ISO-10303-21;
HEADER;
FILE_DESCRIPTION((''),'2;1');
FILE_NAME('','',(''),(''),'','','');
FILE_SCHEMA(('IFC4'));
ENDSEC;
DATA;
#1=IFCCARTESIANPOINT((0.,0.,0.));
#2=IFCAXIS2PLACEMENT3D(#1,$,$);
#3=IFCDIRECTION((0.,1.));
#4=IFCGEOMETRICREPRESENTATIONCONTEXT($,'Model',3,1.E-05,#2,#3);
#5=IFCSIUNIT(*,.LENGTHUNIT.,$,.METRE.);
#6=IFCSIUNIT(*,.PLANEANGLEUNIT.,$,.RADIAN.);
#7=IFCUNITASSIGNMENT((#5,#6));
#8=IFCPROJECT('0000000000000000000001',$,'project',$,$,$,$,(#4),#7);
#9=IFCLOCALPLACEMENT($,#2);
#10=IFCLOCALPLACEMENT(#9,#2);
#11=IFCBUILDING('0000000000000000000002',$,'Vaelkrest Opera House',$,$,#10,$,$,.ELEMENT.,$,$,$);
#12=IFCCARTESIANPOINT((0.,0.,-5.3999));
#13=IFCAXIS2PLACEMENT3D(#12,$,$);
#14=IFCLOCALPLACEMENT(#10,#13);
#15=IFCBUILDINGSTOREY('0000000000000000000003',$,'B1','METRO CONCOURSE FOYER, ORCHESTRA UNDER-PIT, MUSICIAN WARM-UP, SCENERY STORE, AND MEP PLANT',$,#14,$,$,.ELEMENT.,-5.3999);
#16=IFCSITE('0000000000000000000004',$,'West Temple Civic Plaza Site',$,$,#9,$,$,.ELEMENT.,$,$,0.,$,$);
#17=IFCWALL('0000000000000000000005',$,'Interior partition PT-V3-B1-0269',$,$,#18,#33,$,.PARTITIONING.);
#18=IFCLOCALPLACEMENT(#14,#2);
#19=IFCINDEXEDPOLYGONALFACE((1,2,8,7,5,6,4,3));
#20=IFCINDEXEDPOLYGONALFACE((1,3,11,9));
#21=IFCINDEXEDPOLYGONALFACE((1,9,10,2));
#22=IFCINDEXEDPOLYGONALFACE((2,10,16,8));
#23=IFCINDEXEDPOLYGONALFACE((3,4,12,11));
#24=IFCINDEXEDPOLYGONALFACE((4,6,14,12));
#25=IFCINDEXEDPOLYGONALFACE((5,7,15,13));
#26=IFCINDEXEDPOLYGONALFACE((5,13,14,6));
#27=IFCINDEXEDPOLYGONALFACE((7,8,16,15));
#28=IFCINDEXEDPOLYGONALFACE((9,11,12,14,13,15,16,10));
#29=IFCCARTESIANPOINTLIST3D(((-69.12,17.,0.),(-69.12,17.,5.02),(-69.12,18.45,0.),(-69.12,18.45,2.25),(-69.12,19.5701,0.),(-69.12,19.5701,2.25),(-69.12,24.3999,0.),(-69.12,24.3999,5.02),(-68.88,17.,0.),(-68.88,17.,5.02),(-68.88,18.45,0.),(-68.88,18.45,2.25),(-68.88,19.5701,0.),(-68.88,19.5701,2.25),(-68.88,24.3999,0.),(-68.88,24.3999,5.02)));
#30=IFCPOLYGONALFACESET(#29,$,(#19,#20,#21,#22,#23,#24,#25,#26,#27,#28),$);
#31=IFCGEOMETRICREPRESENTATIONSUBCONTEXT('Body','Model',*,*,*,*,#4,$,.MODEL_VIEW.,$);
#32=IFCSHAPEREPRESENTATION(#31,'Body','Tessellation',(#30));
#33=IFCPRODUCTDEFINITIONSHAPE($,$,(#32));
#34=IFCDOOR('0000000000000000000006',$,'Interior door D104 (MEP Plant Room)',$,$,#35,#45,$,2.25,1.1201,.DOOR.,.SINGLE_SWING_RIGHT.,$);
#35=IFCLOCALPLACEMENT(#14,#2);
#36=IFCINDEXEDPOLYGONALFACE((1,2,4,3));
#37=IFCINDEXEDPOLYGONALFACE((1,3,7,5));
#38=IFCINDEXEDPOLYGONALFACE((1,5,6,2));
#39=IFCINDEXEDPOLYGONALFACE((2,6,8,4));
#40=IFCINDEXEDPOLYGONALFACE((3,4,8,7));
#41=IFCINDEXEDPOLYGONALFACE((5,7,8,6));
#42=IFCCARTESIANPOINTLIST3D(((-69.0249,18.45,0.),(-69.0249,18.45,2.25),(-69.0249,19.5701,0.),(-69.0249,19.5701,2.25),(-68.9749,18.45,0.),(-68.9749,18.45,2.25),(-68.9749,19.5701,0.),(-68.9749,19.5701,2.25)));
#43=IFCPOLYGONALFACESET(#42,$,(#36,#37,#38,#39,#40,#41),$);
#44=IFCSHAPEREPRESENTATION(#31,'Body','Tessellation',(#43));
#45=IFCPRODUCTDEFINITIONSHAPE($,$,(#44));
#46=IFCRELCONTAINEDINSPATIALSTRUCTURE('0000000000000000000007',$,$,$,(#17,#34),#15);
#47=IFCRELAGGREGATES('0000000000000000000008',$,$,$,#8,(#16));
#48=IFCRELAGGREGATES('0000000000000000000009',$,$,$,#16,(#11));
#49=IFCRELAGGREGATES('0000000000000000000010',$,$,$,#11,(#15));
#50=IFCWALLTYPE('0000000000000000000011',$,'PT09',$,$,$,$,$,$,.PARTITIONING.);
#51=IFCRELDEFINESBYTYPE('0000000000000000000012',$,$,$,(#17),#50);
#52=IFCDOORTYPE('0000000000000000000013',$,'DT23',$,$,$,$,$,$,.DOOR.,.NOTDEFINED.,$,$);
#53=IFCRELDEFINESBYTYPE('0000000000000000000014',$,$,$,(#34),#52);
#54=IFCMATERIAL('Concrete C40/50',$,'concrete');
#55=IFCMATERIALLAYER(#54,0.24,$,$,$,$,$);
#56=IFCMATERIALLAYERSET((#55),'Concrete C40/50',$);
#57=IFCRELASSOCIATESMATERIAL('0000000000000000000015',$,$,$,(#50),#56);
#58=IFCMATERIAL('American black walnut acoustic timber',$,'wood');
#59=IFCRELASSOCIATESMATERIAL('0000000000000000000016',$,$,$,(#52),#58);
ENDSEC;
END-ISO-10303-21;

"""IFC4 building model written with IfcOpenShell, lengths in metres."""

from ifc_helpers import new_model, si_unit, direction, frame, frame_2d, origin, place, context, subcontext, project, spatial, rectangle, extrude, material, layer, layer_set, type_object, element, fill, save


model = new_model("IFC4")

# Units and contexts
model_context = context("Model", 3, precision=1e-05, world=origin(), true_north=direction((0.0, 1.0)))
body_context = subcontext(model_context, "Body", "Model", "MODEL_VIEW")
ifc_project = project(units=[si_unit("LENGTHUNIT", "METRE"), si_unit("PLANEANGLEUNIT", "RADIAN")], contexts=[model_context])

# Site, building, storey
site_placement = place(None, origin())
site = spatial("IfcSite", under=ifc_project, at=site_placement, Name="West Temple Civic Plaza Site", CompositionType="ELEMENT", RefElevation=0.0)
building_placement = place(site_placement, origin())
building = spatial("IfcBuilding", under=site, at=building_placement, Name="Vaelkrest Opera House", CompositionType="ELEMENT")
storey_placement = place(building_placement, frame((0.0, 0.0, -5.3999)))
storey = spatial("IfcBuildingStorey", under=building, at=storey_placement, Name="B1", Description="METRO CONCOURSE FOYER, ORCHESTRA UNDER-PIT, MUSICIAN WARM-UP, SCENERY STORE, AND MEP PLANT", CompositionType="ELEMENT", Elevation=-5.3999)

# Shared definitions
ifc_material_1 = material(Name="Concrete C40/50", Category="concrete")

# Shared definitions
ifc_layer = layer(ifc_material_1, 0.24)
ifc_layer_set = layer_set([ifc_layer], Name="Concrete C40/50")
wall_type = type_object("IfcWallType", Name="PT09", PredefinedType="PARTITIONING", material=ifc_layer_set)

# Wall, opening, door
wall_1_placement = place(storey_placement, frame((-69.0, 17.0, 0.0), z_axis=(0.0, 0.0, 1.0), x_axis=(0.0, 1.0, 0.0)))
wall_1 = element("IfcWall", 1, at=wall_1_placement, inside=storey, type_object=wall_type, Name="Interior partition PT-V3-B1-0269", PredefinedType="PARTITIONING", context=body_context, shape_type="SweptSolid", body=[
    extrude(rectangle(XDim=7.3999, YDim=0.24, at=frame_2d((3.7, 0.0))), origin(), (0.0, 0.0, 1.0), 5.02),
])
opening_placement = place(wall_1_placement, frame((1.45, 0.0, 0.0)))
opening = element("IfcOpeningElement", 2, at=opening_placement, cuts=wall_1, PredefinedType="OPENING", context=body_context, shape_type="SweptSolid", body=[
    extrude(rectangle(XDim=1.1201, YDim=2.25, at=frame_2d((0.5601, 1.125))), frame((0.0, 0.1299, 0.0), z_axis=(0.0, -1.0, 0.0), x_axis=(1.0, 0.0, 0.0)), (0.0, 0.0, 1.0), 0.26),
])
ifc_material_2 = material(Name="American black walnut acoustic timber", Category="wood")
door_type = type_object("IfcDoorType", Name="DT23", OperationType="NOTDEFINED", PredefinedType="DOOR", material=ifc_material_2)
door_placement = place(opening_placement, origin())
door = element("IfcDoor", 3, at=door_placement, inside=storey, type_object=door_type, Name="Interior door D104 (MEP Plant Room)", OperationType="SINGLE_SWING_RIGHT", OverallHeight=2.25, OverallWidth=1.1201, PredefinedType="DOOR", context=body_context, shape_type="SweptSolid", body=[
    extrude(rectangle(XDim=1.1201, YDim=2.25, at=frame_2d((0.5601, 1.125))), frame((0.0, 0.0249, 0.0), z_axis=(0.0, -1.0, 0.0), x_axis=(1.0, 0.0, 0.0)), (0.0, 0.0, 1.0), 0.05),
])
fill(opening, door)

save(model, "model.ifc")
